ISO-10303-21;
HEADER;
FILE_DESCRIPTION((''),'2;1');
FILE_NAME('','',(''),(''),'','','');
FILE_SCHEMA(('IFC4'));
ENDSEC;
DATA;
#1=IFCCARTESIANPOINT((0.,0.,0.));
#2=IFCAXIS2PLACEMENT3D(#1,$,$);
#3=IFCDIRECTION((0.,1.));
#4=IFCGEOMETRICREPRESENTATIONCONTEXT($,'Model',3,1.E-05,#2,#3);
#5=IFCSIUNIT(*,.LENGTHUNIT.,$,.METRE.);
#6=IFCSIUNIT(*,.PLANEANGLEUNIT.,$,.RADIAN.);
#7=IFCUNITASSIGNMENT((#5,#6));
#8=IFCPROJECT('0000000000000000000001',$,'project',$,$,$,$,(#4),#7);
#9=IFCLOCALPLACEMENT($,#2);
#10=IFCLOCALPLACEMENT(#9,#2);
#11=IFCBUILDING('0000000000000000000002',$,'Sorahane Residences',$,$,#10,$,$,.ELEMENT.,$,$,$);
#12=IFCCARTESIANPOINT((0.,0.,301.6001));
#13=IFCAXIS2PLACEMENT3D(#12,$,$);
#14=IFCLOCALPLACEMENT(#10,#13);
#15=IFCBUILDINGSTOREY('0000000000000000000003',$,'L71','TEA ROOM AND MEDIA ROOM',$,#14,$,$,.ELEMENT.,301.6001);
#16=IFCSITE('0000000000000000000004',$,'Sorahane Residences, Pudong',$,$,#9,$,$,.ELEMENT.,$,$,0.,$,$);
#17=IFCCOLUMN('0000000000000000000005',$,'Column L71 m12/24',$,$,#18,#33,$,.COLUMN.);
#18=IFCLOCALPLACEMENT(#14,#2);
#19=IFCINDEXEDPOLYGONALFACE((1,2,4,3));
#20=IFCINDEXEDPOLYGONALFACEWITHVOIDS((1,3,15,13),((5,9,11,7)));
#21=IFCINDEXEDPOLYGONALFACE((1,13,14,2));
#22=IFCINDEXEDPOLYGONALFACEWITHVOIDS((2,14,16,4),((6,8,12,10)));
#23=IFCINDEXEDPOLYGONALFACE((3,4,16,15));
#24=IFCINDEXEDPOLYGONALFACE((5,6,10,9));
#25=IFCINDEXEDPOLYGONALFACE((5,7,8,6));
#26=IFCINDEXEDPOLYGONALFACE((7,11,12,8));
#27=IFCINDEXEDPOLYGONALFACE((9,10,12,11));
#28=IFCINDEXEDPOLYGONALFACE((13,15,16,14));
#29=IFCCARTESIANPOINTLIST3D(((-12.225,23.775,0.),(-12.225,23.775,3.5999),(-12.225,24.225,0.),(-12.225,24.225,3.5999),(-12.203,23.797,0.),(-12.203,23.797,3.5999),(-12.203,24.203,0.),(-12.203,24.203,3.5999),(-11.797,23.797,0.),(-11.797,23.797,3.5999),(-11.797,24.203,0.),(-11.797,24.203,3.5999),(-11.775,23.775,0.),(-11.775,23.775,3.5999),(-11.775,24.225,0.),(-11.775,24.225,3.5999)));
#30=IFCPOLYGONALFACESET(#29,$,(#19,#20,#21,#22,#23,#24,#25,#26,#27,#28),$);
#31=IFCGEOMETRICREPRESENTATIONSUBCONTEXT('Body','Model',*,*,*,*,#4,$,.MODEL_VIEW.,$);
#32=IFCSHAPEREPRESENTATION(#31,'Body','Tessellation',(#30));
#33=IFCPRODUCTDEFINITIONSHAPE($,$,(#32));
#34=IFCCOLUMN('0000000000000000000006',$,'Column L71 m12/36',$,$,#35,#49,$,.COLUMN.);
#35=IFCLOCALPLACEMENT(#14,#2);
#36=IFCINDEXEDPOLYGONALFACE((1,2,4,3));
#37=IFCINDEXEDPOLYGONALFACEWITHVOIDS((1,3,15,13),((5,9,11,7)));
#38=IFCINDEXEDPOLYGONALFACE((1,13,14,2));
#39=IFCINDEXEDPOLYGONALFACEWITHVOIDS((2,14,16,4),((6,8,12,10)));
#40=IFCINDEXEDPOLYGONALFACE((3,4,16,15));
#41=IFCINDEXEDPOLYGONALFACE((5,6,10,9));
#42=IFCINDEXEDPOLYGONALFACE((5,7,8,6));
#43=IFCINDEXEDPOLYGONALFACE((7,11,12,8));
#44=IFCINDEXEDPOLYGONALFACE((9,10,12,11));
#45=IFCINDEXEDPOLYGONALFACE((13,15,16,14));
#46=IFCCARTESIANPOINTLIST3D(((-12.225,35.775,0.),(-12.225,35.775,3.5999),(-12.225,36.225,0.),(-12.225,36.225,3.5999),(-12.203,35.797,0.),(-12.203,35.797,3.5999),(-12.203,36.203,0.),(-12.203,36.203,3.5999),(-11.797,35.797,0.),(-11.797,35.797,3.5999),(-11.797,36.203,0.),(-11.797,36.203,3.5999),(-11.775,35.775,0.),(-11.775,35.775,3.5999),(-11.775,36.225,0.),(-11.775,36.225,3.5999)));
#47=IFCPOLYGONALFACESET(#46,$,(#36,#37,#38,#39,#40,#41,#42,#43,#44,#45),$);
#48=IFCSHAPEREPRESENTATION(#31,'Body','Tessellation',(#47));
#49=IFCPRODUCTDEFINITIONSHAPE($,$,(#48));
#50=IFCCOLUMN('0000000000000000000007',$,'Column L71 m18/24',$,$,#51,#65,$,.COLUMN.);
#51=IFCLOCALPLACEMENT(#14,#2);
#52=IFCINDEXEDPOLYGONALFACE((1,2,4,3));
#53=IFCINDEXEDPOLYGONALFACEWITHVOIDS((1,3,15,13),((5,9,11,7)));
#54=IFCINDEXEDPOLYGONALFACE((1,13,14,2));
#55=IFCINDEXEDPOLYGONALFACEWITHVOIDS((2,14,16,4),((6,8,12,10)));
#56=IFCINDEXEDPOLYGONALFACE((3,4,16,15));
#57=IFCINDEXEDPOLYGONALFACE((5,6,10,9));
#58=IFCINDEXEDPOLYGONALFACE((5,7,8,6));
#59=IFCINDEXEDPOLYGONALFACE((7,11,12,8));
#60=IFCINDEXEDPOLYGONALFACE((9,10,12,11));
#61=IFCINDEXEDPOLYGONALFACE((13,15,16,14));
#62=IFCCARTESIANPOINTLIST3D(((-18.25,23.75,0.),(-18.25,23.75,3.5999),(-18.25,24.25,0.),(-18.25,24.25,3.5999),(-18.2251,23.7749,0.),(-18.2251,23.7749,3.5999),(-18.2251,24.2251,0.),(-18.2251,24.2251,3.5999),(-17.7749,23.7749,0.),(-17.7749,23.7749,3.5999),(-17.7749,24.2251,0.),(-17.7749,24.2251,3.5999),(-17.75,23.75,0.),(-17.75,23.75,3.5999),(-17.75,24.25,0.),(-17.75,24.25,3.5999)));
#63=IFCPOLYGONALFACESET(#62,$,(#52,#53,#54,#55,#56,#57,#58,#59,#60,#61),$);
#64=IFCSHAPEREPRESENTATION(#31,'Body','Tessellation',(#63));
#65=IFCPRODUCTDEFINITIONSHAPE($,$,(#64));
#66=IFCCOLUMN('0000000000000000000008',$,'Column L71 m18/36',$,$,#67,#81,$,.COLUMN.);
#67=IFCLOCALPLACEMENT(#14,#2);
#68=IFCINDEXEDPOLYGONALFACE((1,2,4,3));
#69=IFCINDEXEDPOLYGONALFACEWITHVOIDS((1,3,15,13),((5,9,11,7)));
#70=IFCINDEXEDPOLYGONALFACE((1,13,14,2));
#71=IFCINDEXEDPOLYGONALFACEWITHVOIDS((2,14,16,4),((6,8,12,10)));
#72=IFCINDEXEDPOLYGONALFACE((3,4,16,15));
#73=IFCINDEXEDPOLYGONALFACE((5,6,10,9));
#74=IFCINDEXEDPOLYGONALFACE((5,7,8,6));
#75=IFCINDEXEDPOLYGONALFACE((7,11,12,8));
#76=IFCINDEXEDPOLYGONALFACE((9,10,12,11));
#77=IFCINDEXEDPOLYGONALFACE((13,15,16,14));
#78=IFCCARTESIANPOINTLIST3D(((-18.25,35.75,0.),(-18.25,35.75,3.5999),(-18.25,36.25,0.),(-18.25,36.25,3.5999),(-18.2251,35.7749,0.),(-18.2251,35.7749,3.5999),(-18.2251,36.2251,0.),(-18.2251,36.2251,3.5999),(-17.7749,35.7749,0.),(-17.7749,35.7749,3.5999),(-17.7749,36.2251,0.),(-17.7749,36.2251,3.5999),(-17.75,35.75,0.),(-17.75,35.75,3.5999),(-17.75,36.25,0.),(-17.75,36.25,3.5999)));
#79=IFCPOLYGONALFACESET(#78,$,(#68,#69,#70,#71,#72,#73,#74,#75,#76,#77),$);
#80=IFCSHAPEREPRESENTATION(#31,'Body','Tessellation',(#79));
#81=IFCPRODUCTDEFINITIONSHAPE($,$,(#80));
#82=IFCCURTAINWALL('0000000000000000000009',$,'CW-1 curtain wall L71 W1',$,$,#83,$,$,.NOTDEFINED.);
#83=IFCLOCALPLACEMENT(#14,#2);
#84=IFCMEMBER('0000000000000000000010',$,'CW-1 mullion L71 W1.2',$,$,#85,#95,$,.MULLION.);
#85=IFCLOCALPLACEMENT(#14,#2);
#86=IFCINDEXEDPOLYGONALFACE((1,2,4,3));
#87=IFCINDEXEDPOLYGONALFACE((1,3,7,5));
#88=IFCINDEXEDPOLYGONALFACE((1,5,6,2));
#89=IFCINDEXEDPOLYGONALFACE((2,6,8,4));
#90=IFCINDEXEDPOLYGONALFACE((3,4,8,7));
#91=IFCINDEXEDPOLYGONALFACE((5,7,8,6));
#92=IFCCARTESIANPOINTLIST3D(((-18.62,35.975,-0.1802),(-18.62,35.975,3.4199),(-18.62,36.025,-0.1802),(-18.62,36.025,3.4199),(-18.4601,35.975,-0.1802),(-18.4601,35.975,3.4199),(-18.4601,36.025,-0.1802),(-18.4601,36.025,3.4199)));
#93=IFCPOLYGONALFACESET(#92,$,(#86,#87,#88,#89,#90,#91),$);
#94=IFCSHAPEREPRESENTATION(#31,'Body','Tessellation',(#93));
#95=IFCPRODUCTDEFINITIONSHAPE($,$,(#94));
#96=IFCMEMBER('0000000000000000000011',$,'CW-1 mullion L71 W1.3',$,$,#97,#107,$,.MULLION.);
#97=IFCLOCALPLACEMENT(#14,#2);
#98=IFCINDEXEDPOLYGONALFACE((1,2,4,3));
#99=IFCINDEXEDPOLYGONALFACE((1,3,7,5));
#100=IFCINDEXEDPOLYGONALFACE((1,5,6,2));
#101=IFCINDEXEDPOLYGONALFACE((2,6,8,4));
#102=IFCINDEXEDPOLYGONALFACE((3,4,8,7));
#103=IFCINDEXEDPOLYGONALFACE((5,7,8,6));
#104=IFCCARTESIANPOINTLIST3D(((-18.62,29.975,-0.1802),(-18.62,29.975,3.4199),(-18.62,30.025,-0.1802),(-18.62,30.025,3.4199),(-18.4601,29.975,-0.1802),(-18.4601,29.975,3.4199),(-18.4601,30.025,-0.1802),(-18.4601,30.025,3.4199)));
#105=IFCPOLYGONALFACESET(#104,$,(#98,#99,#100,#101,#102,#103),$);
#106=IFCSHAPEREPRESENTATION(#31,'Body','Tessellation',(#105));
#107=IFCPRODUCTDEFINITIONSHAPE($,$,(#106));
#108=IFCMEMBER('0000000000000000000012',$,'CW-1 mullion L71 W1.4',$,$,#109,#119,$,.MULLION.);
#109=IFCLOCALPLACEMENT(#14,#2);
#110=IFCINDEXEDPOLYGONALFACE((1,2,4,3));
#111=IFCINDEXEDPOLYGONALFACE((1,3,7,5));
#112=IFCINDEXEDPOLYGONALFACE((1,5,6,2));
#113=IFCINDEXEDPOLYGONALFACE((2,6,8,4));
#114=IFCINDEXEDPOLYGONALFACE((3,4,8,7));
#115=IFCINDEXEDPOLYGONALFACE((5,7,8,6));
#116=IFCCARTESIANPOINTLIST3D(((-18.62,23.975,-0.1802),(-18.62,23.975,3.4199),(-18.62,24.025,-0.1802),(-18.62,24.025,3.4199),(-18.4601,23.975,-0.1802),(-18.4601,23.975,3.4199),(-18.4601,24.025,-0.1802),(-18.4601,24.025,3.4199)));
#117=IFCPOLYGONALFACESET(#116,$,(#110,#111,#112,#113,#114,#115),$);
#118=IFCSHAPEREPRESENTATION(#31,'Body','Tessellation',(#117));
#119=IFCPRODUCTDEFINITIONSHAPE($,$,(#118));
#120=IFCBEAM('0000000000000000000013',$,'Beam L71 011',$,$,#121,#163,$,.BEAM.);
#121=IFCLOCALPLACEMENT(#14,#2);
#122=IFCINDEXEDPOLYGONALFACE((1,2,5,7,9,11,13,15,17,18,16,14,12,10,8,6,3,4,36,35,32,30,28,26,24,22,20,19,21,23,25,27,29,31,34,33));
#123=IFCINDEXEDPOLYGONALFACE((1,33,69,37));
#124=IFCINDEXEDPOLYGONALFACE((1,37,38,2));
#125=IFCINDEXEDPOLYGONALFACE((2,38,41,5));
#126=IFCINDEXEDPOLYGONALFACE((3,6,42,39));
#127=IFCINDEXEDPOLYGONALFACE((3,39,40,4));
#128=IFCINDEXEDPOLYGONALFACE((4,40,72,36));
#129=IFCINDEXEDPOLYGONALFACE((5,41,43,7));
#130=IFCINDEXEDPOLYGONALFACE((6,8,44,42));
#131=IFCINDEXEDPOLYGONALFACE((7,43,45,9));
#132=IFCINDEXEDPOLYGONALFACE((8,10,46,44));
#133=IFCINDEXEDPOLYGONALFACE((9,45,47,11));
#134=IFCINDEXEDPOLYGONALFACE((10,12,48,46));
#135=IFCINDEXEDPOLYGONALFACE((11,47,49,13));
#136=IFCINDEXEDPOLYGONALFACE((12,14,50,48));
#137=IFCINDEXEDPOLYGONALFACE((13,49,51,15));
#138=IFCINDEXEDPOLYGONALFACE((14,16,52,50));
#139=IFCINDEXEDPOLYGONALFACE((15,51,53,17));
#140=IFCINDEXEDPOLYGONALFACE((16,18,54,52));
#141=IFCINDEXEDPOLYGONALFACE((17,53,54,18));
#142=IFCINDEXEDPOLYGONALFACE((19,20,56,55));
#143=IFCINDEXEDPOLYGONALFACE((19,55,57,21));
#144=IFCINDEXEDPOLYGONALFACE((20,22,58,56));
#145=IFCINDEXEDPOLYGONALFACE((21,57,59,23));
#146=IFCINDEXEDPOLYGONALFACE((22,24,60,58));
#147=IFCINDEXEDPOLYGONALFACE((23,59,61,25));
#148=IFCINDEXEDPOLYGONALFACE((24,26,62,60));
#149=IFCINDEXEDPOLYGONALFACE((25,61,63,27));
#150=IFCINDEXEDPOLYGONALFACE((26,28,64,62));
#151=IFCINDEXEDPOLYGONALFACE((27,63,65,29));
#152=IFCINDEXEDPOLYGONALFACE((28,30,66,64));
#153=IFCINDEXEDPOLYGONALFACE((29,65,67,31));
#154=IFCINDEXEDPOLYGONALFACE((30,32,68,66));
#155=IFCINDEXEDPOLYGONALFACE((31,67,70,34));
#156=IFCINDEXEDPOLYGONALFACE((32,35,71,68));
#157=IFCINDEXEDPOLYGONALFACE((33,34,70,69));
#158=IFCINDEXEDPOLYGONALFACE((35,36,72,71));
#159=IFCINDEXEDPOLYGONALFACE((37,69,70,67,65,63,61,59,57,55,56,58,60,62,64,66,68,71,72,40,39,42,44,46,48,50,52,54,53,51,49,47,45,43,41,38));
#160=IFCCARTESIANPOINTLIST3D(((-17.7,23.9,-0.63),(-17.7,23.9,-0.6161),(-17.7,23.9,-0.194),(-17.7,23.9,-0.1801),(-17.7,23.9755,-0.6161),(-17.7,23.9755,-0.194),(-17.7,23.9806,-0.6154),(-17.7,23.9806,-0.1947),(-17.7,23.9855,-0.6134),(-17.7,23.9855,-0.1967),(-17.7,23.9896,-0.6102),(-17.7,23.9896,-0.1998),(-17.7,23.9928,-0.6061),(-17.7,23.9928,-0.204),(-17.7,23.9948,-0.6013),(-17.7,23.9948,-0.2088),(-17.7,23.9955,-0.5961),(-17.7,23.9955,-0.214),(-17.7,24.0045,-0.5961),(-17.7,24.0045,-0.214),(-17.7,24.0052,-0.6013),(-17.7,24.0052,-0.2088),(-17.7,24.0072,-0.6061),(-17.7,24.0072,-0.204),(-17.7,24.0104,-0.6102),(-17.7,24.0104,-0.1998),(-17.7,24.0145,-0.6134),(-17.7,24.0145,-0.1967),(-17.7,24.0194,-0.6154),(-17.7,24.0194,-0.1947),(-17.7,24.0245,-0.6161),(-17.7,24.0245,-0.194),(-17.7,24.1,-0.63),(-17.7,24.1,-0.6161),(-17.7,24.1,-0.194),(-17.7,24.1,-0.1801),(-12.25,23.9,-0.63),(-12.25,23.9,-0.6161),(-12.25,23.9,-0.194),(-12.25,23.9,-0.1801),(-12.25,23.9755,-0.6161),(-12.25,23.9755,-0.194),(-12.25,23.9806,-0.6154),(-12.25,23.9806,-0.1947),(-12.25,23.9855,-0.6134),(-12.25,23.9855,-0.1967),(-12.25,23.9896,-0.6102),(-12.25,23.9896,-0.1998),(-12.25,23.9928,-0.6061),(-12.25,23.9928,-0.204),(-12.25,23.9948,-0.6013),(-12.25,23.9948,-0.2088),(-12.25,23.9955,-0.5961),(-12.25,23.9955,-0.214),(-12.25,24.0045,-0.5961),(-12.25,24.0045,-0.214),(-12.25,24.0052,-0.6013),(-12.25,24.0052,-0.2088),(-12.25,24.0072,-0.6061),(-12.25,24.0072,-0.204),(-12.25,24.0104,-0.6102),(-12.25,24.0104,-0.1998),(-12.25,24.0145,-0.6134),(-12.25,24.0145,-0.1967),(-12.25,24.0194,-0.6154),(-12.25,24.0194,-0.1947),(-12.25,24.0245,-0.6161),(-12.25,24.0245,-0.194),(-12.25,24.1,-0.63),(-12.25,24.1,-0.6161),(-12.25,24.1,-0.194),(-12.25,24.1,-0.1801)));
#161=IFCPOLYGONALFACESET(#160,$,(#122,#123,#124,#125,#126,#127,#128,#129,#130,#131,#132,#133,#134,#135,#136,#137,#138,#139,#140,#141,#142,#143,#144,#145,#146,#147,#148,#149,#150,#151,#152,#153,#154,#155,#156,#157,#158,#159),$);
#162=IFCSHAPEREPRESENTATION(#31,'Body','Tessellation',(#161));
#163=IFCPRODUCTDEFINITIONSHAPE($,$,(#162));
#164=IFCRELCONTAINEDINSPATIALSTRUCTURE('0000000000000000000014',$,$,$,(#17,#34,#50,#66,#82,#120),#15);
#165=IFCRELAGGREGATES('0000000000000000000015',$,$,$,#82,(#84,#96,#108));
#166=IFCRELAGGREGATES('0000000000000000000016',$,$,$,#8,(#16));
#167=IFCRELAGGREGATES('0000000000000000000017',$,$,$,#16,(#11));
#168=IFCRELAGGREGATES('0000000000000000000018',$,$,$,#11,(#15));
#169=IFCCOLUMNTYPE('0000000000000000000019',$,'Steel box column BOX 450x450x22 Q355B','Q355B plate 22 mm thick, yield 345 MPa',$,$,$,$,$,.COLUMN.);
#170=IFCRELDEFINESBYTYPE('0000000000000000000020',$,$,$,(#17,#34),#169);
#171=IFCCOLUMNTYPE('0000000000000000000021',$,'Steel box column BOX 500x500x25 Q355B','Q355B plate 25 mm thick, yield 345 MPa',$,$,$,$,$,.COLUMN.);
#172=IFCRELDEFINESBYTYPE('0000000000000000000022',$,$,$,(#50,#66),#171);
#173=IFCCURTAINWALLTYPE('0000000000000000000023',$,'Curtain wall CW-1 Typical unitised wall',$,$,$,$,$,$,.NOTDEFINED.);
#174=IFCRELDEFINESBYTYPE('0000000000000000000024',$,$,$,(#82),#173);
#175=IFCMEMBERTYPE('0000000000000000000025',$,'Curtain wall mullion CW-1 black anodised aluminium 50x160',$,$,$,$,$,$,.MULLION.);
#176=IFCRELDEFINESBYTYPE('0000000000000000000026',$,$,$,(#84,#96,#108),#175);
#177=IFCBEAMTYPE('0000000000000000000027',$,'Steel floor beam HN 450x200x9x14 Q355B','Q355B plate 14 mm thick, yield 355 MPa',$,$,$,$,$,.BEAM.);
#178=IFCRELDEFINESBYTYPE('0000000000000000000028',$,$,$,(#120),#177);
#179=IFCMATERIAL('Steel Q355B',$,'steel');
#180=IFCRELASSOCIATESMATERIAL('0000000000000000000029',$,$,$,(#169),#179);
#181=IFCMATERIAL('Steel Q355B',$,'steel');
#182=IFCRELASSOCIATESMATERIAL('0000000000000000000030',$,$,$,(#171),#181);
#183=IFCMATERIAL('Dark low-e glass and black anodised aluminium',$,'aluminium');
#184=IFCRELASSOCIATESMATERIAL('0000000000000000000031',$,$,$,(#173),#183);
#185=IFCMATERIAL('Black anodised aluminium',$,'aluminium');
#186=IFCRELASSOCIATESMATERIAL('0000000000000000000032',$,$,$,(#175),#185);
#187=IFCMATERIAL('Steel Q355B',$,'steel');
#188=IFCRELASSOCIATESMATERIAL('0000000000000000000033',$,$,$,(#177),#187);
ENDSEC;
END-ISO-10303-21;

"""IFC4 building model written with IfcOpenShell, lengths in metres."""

from ifc_helpers import new_model, si_unit, direction, frame, origin, origin_2d, place, context, subcontext, project, spatial, rectangle, hollow_rectangle, i_section, extrude, material, material_profile, profile_set, type_object, element, aggregate, save


model = new_model("IFC4")

# Units and contexts
model_context = context("Model", 3, precision=1e-05, world=origin(), true_north=direction((0.0, 1.0)))
body_context = subcontext(model_context, "Body", "Model", "MODEL_VIEW")
ifc_project = project(units=[si_unit("LENGTHUNIT", "METRE"), si_unit("PLANEANGLEUNIT", "RADIAN")], contexts=[model_context])

# Site, building, storey
site_placement = place(None, origin())
site = spatial("IfcSite", under=ifc_project, at=site_placement, Name="Sorahane Residences, Pudong", CompositionType="ELEMENT", RefElevation=0.0)
building_placement = place(site_placement, origin())
building = spatial("IfcBuilding", under=site, at=building_placement, Name="Sorahane Residences", CompositionType="ELEMENT")
storey_placement = place(building_placement, frame((0.0, 0.0, 301.6001)))
storey = spatial("IfcBuildingStorey", under=building, at=storey_placement, Name="L71", Description="TEA ROOM AND MEDIA ROOM", CompositionType="ELEMENT", Elevation=301.6001)

# Columns
ifc_material_1 = material(Name="Steel Q355B", Category="steel")
ifc_material_profile_1 = material_profile(ifc_material_1, hollow_rectangle(XDim=0.45, YDim=0.45, WallThickness=0.022, at=origin_2d()), Name="BOX 450x450x22")
ifc_profile_set_1 = profile_set([ifc_material_profile_1], Name="Steel Q355B")
column_type_1 = type_object("IfcColumnType", Name="Steel box column BOX 450x450x22 Q355B", Description="Q355B plate 22 mm thick, yield 345 MPa", PredefinedType="COLUMN", material=ifc_profile_set_1)
for number, where, z_axis, x_axis, name in (
    (1, (-12.0, 24.0, 0.0), (0.0, 0.0, 1.0), (1.0, 0.0, 0.0), "Column L71 m12/24"),
    (2, (-12.0, 36.0, 0.0), (0.0, 0.0, 1.0), (1.0, 0.0, 0.0), "Column L71 m12/36"),
):
    element("IfcColumn", number, at=place(storey_placement, frame(where, z_axis=z_axis, x_axis=x_axis)), inside=storey, type_object=column_type_1, Name=name, PredefinedType="COLUMN", context=body_context, shape_type="SweptSolid", body=[
        extrude(hollow_rectangle(XDim=0.45, YDim=0.45, WallThickness=0.022, at=origin_2d()), origin(), (0.0, 0.0, 1.0), 3.5999),
    ])
ifc_material_2 = material(Name="Steel Q355B", Category="steel")
ifc_material_profile_2 = material_profile(ifc_material_2, hollow_rectangle(XDim=0.5, YDim=0.5, WallThickness=0.0249, at=origin_2d()), Name="BOX 500x500x25")
ifc_profile_set_2 = profile_set([ifc_material_profile_2], Name="Steel Q355B")
column_type_2 = type_object("IfcColumnType", Name="Steel box column BOX 500x500x25 Q355B", Description="Q355B plate 25 mm thick, yield 345 MPa", PredefinedType="COLUMN", material=ifc_profile_set_2)
for number, where, z_axis, x_axis, name in (
    (3, (-18.0, 24.0, 0.0), (0.0, 0.0, 1.0), (1.0, 0.0, 0.0), "Column L71 m18/24"),
    (4, (-18.0, 36.0, 0.0), (0.0, 0.0, 1.0), (1.0, 0.0, 0.0), "Column L71 m18/36"),
):
    element("IfcColumn", number, at=place(storey_placement, frame(where, z_axis=z_axis, x_axis=x_axis)), inside=storey, type_object=column_type_2, Name=name, PredefinedType="COLUMN", context=body_context, shape_type="SweptSolid", body=[
        extrude(hollow_rectangle(XDim=0.5, YDim=0.5, WallThickness=0.0249, at=origin_2d()), origin(), (0.0, 0.0, 1.0), 3.5999),
    ])

# Curtain wall, members
ifc_material_3 = material(Name="Dark low-e glass and black anodised aluminium", Category="aluminium")
curtain_wall_type = type_object("IfcCurtainWallType", Name="Curtain wall CW-1 Typical unitised wall", PredefinedType="NOTDEFINED", material=ifc_material_3)
curtain_wall_placement = place(storey_placement, origin())
curtain_wall = element("IfcCurtainWall", 5, at=curtain_wall_placement, inside=storey, type_object=curtain_wall_type, Name="CW-1 curtain wall L71 W1", PredefinedType="NOTDEFINED")
ifc_material_4 = material(Name="Black anodised aluminium", Category="aluminium")
ifc_material_profile_3 = material_profile(ifc_material_4, rectangle(XDim=0.1599, YDim=0.05, at=origin_2d()), Name="Curtain wall mullion CW-1 black anodised aluminium 50x160")
ifc_profile_set_3 = profile_set([ifc_material_profile_3], Name="Black anodised aluminium")
member_type = type_object("IfcMemberType", Name="Curtain wall mullion CW-1 black anodised aluminium 50x160", PredefinedType="MULLION", material=ifc_profile_set_3)
member_1_placement = place(storey_placement, frame((-18.54, 36.0, -0.1802), z_axis=(0.0, 0.0, 1.0), x_axis=(-1.0, 0.0, 0.0)))
member_1 = element("IfcMember", 6, at=member_1_placement, type_object=member_type, Name="CW-1 mullion L71 W1.2", PredefinedType="MULLION", context=body_context, shape_type="SweptSolid", body=[
    extrude(rectangle(XDim=0.1599, YDim=0.05, at=origin_2d()), origin(), (0.0, 0.0, 1.0), 3.6001),
])
member_2_placement = place(storey_placement, frame((-18.54, 30.0, -0.1802), z_axis=(0.0, 0.0, 1.0), x_axis=(-1.0, 0.0, 0.0)))
member_2 = element("IfcMember", 7, at=member_2_placement, type_object=member_type, Name="CW-1 mullion L71 W1.3", PredefinedType="MULLION", context=body_context, shape_type="SweptSolid", body=[
    extrude(rectangle(XDim=0.1599, YDim=0.05, at=origin_2d()), origin(), (0.0, 0.0, 1.0), 3.6001),
])
member_3_placement = place(storey_placement, frame((-18.54, 24.0, -0.1802), z_axis=(0.0, 0.0, 1.0), x_axis=(-1.0, 0.0, 0.0)))
member_3 = element("IfcMember", 8, at=member_3_placement, type_object=member_type, Name="CW-1 mullion L71 W1.4", PredefinedType="MULLION", context=body_context, shape_type="SweptSolid", body=[
    extrude(rectangle(XDim=0.1599, YDim=0.05, at=origin_2d()), origin(), (0.0, 0.0, 1.0), 3.6001),
])

# Beam
ifc_material_5 = material(Name="Steel Q355B", Category="steel")
ifc_material_profile_4 = material_profile(ifc_material_5, i_section(OverallWidth=0.2, OverallDepth=0.45, WebThickness=0.009, FlangeThickness=0.0139, FilletRadius=0.02, at=origin_2d()), Name="HN 450x200x9x14")
ifc_profile_set_4 = profile_set([ifc_material_profile_4], Name="Steel Q355B")
beam_type_1 = type_object("IfcBeamType", Name="Steel floor beam HN 450x200x9x14 Q355B", Description="Q355B plate 14 mm thick, yield 355 MPa", PredefinedType="BEAM", material=ifc_profile_set_4)
for number, where, z_axis, x_axis, name in (
    (9, (-17.7, 24.0, -0.405), (1.0, 0.0, 0.0), (0.0, 1.0, 0.0), "Beam L71 011"),
):
    element("IfcBeam", number, at=place(storey_placement, frame(where, z_axis=z_axis, x_axis=x_axis)), inside=storey, type_object=beam_type_1, Name=name, PredefinedType="BEAM", context=body_context, shape_type="SweptSolid", body=[
        extrude(i_section(OverallWidth=0.2, OverallDepth=0.45, WebThickness=0.009, FlangeThickness=0.0139, FilletRadius=0.02, at=origin_2d()), origin(), (0.0, 0.0, 1.0), 5.45),
    ])

aggregate(curtain_wall, [member_1, member_2, member_3])

save(model, "model.ifc")
